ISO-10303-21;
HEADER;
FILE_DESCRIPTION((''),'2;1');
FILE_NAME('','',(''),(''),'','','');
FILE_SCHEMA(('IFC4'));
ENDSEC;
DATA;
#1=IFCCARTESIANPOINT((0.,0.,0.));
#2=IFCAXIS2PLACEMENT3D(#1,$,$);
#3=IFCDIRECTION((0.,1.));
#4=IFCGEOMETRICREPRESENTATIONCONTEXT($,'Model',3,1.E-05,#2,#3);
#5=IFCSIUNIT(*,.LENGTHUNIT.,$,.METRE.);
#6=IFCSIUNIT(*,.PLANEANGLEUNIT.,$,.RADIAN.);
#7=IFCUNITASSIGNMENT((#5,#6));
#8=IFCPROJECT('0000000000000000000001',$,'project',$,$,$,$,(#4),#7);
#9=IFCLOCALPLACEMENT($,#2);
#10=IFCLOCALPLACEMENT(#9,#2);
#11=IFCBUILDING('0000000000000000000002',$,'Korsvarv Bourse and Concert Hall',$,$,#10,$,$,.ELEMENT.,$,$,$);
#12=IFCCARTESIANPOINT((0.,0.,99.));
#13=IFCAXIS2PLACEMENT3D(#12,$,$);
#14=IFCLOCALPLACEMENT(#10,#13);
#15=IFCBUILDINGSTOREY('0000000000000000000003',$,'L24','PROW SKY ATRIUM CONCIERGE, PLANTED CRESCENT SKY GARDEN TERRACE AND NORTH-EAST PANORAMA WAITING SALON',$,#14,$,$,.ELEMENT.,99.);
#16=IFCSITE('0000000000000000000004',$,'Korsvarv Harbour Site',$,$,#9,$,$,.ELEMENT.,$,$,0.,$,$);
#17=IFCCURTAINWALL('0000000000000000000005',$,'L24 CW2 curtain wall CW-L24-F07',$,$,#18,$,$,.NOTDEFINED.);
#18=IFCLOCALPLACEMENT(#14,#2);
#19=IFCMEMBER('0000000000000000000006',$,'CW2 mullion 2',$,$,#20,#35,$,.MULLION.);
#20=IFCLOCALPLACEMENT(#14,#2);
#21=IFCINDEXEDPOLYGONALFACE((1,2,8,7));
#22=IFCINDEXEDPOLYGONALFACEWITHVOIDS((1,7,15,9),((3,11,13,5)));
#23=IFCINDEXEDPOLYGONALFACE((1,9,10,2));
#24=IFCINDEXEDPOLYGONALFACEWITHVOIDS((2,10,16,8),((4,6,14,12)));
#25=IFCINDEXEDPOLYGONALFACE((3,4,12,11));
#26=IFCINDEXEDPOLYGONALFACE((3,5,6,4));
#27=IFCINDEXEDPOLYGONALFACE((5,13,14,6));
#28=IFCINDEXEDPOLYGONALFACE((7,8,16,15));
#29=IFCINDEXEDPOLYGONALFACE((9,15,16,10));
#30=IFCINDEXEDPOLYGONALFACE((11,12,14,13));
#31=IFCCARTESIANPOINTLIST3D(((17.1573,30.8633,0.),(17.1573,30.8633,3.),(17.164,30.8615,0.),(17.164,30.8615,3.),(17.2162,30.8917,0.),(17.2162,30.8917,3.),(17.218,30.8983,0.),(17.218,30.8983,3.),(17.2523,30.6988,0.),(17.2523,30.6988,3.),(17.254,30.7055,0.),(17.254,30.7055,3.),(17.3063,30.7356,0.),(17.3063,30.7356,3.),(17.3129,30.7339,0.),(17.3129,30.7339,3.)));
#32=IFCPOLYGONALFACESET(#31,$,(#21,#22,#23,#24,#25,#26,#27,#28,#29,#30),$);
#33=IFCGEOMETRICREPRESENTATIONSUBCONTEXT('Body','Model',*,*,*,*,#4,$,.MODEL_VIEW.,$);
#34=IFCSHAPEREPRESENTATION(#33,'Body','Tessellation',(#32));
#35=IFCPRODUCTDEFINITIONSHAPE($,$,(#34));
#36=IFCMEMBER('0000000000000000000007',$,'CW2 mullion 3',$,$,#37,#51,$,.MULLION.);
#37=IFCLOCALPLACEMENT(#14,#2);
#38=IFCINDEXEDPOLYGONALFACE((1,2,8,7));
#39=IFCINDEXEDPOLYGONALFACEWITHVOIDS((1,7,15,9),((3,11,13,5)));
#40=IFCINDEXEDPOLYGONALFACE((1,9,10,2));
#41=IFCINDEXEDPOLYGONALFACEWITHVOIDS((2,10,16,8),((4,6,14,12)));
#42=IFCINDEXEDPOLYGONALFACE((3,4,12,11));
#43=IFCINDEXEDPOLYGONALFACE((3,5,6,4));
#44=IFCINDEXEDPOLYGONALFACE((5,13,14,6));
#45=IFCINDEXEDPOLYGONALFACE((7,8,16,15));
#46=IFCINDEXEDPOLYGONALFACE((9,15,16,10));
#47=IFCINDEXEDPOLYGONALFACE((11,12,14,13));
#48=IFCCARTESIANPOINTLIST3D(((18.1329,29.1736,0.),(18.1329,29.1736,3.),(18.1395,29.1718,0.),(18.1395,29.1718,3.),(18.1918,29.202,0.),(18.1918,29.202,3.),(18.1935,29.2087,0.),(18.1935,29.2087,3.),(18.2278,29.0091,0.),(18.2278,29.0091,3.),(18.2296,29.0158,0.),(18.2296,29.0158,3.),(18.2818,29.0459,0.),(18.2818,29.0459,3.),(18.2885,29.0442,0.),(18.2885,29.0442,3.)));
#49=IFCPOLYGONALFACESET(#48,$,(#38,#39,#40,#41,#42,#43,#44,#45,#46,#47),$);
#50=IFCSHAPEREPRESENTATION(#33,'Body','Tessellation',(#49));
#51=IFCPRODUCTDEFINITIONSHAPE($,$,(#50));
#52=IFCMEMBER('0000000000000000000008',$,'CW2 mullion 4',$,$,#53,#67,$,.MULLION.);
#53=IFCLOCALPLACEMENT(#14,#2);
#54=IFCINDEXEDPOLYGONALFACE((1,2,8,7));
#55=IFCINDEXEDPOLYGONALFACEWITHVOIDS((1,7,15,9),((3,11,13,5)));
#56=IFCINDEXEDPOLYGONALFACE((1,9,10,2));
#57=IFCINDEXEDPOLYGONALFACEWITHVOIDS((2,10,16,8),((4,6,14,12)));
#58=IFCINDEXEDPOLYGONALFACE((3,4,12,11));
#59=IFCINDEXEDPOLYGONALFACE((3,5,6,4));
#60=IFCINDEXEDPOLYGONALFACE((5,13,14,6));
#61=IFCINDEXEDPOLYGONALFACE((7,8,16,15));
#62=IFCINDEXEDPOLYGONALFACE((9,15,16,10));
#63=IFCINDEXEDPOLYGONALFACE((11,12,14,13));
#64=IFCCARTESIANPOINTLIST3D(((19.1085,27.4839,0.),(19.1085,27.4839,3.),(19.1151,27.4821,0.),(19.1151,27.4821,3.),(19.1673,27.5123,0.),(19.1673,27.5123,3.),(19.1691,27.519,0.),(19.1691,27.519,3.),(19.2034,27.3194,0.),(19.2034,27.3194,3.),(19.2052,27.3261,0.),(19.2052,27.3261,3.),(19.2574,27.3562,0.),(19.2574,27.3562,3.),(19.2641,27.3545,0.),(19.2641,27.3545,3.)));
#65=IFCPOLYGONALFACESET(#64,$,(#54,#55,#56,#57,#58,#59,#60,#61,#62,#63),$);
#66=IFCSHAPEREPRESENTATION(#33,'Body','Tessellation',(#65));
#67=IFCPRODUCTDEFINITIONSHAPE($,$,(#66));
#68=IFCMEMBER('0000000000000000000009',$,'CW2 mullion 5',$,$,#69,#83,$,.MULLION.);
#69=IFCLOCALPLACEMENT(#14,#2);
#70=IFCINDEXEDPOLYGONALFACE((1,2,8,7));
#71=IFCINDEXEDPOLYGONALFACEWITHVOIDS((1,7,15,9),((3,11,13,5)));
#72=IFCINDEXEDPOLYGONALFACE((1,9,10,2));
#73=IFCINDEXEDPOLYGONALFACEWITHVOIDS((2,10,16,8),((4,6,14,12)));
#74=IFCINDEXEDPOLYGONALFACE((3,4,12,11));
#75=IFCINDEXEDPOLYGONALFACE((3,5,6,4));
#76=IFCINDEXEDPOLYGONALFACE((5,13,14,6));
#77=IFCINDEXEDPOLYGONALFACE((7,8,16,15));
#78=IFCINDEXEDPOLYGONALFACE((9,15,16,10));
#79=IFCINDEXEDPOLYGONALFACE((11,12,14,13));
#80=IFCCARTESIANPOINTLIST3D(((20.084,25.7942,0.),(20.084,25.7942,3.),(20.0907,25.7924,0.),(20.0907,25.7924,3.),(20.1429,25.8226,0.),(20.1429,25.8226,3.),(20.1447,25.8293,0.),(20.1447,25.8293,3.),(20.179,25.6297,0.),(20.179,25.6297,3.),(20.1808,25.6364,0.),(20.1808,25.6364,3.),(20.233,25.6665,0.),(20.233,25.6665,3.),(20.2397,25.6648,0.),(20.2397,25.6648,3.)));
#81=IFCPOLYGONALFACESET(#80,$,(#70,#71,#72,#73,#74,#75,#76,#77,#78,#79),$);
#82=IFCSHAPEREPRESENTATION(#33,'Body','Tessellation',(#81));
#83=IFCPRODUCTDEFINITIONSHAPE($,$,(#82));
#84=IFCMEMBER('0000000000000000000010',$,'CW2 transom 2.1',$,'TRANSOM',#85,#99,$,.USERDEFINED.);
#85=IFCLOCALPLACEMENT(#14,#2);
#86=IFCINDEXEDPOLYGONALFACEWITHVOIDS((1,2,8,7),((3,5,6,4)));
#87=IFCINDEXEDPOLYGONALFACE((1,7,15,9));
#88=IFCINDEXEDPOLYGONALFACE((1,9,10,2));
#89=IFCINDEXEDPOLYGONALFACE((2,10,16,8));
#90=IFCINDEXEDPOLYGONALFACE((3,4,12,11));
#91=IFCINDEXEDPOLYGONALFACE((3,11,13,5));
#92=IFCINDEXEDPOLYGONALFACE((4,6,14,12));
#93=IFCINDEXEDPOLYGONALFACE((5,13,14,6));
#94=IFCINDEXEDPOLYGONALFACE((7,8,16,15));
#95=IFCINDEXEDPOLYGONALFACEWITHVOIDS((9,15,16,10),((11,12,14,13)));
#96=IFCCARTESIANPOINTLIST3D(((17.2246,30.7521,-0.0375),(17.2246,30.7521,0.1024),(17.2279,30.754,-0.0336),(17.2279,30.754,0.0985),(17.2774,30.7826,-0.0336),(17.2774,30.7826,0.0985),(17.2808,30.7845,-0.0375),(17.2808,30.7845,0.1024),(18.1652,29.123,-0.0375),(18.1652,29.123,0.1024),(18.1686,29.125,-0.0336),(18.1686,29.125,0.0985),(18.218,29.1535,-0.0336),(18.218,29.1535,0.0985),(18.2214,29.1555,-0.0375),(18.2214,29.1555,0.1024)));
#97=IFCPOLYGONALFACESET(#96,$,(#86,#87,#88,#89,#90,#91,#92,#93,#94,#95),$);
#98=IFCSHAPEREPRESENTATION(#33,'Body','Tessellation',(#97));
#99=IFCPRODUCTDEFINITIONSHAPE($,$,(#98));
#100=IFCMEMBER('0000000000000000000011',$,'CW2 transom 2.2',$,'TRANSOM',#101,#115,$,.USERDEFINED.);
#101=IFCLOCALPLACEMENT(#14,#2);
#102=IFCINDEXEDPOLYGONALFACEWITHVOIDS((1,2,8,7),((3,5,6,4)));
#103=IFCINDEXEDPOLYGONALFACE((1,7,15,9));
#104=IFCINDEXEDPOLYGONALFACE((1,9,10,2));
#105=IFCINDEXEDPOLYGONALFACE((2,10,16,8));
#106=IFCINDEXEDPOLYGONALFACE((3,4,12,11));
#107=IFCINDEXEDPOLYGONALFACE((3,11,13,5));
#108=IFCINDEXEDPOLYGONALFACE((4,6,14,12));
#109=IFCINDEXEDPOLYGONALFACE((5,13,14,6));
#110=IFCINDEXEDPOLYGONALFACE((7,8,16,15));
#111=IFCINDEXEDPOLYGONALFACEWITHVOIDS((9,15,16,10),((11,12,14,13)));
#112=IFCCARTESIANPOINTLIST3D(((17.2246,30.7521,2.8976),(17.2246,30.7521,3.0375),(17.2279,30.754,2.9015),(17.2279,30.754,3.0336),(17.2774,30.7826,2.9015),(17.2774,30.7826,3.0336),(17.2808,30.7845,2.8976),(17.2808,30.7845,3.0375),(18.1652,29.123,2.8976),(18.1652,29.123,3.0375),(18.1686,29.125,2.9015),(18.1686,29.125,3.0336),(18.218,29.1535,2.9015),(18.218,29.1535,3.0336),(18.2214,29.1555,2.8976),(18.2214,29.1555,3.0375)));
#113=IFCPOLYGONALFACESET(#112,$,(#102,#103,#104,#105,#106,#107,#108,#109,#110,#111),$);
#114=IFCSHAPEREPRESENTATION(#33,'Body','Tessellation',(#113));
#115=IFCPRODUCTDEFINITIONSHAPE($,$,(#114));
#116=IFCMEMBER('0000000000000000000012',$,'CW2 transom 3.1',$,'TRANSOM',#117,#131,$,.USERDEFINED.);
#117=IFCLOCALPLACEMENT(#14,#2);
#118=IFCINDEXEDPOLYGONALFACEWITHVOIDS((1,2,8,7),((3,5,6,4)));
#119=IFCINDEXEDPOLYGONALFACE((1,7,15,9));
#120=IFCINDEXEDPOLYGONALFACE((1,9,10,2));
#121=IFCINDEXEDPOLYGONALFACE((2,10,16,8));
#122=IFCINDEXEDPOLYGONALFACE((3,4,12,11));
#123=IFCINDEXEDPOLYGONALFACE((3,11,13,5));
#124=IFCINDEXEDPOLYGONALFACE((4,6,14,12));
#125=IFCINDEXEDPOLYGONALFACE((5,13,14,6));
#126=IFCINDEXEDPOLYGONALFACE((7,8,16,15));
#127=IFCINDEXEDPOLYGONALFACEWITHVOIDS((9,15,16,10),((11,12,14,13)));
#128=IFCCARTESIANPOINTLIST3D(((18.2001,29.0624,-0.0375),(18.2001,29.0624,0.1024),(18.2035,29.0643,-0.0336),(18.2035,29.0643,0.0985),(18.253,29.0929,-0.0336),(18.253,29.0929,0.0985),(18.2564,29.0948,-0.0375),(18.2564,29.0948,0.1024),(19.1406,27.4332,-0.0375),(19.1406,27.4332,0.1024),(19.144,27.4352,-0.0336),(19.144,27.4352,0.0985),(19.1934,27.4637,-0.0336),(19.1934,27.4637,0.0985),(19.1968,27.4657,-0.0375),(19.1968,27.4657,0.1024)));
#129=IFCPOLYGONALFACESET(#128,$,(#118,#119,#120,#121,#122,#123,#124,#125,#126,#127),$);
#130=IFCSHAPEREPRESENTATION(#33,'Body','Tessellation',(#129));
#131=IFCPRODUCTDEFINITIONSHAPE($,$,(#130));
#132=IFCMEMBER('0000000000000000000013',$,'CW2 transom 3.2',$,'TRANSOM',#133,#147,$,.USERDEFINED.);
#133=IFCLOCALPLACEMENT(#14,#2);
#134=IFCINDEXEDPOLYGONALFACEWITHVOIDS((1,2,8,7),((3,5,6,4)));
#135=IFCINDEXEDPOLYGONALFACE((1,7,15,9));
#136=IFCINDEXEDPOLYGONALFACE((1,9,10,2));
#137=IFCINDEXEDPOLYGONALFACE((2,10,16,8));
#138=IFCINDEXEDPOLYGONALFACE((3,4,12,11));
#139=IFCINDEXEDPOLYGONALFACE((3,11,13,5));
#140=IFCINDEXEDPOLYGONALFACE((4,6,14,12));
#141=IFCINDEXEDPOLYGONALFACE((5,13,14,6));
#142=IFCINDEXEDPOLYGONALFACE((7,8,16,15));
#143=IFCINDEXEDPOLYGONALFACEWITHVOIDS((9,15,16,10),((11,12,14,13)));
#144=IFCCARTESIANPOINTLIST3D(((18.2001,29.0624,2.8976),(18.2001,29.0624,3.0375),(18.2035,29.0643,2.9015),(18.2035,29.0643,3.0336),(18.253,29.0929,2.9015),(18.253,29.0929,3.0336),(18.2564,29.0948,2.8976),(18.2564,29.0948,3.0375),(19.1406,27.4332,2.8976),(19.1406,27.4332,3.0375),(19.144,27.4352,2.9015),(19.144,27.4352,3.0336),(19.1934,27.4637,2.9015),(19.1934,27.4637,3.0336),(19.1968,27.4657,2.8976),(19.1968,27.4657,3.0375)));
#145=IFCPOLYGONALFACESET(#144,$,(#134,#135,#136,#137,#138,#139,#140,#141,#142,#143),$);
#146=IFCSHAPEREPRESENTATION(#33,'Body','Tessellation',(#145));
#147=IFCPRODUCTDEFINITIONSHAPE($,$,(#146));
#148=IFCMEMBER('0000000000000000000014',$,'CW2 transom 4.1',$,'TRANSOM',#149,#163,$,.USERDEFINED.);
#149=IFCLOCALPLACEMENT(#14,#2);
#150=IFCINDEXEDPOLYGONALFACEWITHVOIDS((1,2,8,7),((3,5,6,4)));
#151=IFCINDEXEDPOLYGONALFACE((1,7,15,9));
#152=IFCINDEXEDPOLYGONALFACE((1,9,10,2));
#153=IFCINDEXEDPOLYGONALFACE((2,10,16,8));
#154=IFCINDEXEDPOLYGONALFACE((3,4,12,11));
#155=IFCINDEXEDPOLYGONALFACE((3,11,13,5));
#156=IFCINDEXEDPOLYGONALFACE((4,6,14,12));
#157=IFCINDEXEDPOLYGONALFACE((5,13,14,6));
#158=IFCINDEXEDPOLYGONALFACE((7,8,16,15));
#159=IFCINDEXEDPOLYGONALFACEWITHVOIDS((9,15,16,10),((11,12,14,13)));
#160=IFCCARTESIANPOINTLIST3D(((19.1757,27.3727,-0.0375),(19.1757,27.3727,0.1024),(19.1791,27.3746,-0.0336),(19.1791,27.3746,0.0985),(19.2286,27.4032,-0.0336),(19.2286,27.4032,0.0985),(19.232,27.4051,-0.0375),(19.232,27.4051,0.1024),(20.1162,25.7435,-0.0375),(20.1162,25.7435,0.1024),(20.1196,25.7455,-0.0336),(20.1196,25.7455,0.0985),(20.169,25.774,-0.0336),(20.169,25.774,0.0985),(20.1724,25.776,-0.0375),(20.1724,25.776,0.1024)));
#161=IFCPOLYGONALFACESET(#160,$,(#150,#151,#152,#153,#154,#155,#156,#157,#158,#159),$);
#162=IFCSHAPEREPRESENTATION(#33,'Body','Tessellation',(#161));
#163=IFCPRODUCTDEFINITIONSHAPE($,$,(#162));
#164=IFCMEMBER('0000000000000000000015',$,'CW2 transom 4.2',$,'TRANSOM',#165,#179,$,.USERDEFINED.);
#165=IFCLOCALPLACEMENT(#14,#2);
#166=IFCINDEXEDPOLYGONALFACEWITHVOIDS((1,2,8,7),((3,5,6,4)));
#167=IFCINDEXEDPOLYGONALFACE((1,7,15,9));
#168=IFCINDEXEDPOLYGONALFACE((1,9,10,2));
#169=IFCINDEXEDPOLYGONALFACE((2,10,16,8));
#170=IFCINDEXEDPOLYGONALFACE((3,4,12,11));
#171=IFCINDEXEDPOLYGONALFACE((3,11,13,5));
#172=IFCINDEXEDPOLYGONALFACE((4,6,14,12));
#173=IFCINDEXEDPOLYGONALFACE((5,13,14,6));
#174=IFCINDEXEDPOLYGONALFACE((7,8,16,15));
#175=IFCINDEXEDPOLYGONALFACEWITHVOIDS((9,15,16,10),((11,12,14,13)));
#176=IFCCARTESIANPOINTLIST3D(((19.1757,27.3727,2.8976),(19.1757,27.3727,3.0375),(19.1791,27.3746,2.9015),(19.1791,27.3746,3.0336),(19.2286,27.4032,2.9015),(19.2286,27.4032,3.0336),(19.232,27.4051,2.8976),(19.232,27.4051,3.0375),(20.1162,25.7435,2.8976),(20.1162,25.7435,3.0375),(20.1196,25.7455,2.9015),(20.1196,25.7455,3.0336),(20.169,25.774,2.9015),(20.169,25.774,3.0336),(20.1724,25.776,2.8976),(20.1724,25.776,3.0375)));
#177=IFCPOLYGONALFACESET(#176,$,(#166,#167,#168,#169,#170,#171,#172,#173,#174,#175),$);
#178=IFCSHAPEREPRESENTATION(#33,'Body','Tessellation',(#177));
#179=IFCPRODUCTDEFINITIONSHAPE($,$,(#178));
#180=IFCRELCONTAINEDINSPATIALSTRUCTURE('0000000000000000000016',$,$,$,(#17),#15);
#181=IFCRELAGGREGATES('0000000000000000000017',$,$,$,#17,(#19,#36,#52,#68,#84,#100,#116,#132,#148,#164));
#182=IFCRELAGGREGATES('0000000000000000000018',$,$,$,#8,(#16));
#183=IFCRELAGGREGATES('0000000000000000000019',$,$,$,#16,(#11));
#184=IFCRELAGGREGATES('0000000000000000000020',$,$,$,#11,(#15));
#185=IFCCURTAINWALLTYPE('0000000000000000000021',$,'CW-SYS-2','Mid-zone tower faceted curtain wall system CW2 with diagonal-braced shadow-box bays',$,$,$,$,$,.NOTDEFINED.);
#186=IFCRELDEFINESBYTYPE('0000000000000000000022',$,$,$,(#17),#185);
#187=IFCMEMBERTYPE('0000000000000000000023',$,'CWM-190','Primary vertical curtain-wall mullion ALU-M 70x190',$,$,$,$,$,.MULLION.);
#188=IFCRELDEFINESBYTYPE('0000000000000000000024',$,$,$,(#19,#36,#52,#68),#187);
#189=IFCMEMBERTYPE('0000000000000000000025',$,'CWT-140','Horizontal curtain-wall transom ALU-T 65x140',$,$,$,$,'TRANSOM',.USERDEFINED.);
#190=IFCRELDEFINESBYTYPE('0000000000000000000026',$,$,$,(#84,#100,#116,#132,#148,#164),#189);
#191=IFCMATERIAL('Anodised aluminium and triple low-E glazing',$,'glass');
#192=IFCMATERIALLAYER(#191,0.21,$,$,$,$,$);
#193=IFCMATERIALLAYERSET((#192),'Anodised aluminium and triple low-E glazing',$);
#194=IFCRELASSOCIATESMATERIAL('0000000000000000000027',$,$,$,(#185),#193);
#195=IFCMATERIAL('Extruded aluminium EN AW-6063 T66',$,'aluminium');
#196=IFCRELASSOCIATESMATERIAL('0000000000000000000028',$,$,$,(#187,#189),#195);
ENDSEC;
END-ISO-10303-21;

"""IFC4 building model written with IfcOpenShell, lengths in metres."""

from ifc_helpers import new_model, si_unit, direction, frame, origin, origin_2d, place, context, subcontext, project, spatial, hollow_rectangle, extrude, source, transform, mapped, material, layer, layer_set, material_profile, profile_set, type_object, element, aggregate, save


model = new_model("IFC4")

# Units and contexts
model_context = context("Model", 3, precision=1e-05, world=origin(), true_north=direction((0.0, 1.0)))
body_context = subcontext(model_context, "Body", "Model", "MODEL_VIEW")
ifc_project = project(units=[si_unit("LENGTHUNIT", "METRE"), si_unit("PLANEANGLEUNIT", "RADIAN")], contexts=[model_context])

# Site, building, storey
site_placement = place(None, origin())
site = spatial("IfcSite", under=ifc_project, at=site_placement, Name="Korsvarv Harbour Site", CompositionType="ELEMENT", RefElevation=0.0)
building_placement = place(site_placement, origin())
building = spatial("IfcBuilding", under=site, at=building_placement, Name="Korsvarv Bourse and Concert Hall", CompositionType="ELEMENT")
storey_placement = place(building_placement, frame((0.0, 0.0, 99.0)))
storey = spatial("IfcBuildingStorey", under=building, at=storey_placement, Name="L24", Description="PROW SKY ATRIUM CONCIERGE, PLANTED CRESCENT SKY GARDEN TERRACE AND NORTH-EAST PANORAMA WAITING SALON", CompositionType="ELEMENT", Elevation=99.0)

# Curtain wall, members
ifc_material_1 = material(Name="Anodised aluminium and triple low-E glazing", Category="glass")
ifc_layer_1 = layer(ifc_material_1, 0.21)
ifc_layer_set_1 = layer_set([ifc_layer_1], Name="Anodised aluminium and triple low-E glazing")
curtain_wall_type = type_object("IfcCurtainWallType", Name="CW-SYS-2", Description="Mid-zone tower faceted curtain wall system CW2 with diagonal-braced shadow-box bays", PredefinedType="NOTDEFINED", material=ifc_layer_set_1)
curtain_wall_placement = place(storey_placement, origin())
curtain_wall = element("IfcCurtainWall", 1, at=curtain_wall_placement, inside=storey, type_object=curtain_wall_type, Name="L24 CW2 curtain wall CW-L24-F07", PredefinedType="NOTDEFINED")
ifc_material_2 = material(Name="Extruded aluminium EN AW-6063 T66", Category="aluminium")
ifc_material_profile_1 = material_profile(ifc_material_2, hollow_rectangle(XDim=0.0701, YDim=0.1899, WallThickness=0.0049, at=origin_2d()), Name="ALU-M 70x190")
ifc_profile_set_1 = profile_set([ifc_material_profile_1], Name="Extruded aluminium EN AW-6063 T66")
member_type_1 = type_object("IfcMemberType", Name="CWM-190", Description="Primary vertical curtain-wall mullion ALU-M 70x190", PredefinedType="MULLION", material=ifc_profile_set_1)
shared_shape_1 = source(origin(), body_context, "Body", "SweptSolid", [
    extrude(hollow_rectangle(XDim=0.0701, YDim=0.1899, WallThickness=0.0049, at=origin_2d()), origin(), (0.0, 0.0, 1.0), 3.0),
])
member_1_placement = place(storey_placement, frame((17.2351, 30.7986, 0.0), z_axis=(0.0, 0.0, 1.0), x_axis=(0.866024, 0.500002, 0.0)))
member_1 = element("IfcMember", 2, at=member_1_placement, type_object=member_type_1, Name="CW2 mullion 2", PredefinedType="MULLION", context=body_context, shape_type="MappedRepresentation", body=[
    mapped(shared_shape_1, transform((0.0, 0.0, 0.0), scale=1.0)),
])
member_2_placement = place(storey_placement, frame((18.2107, 29.1089, 0.0), z_axis=(0.0, 0.0, 1.0), x_axis=(0.866024, 0.500002, 0.0)))
member_2 = element("IfcMember", 3, at=member_2_placement, type_object=member_type_1, Name="CW2 mullion 3", PredefinedType="MULLION", context=body_context, shape_type="MappedRepresentation", body=[
    mapped(shared_shape_1, transform((0.0, 0.0, 0.0), scale=1.0)),
])
member_3_placement = place(storey_placement, frame((19.1863, 27.4192, 0.0), z_axis=(0.0, 0.0, 1.0), x_axis=(0.866024, 0.500002, 0.0)))
member_3 = element("IfcMember", 4, at=member_3_placement, type_object=member_type_1, Name="CW2 mullion 4", PredefinedType="MULLION", context=body_context, shape_type="MappedRepresentation", body=[
    mapped(shared_shape_1, transform((0.0, 0.0, 0.0), scale=1.0)),
])
member_4_placement = place(storey_placement, frame((20.1619, 25.7295, 0.0), z_axis=(0.0, 0.0, 1.0), x_axis=(0.866024, 0.500002, 0.0)))
member_4 = element("IfcMember", 5, at=member_4_placement, type_object=member_type_1, Name="CW2 mullion 5", PredefinedType="MULLION", context=body_context, shape_type="MappedRepresentation", body=[
    mapped(shared_shape_1, transform((0.0, 0.0, 0.0), scale=1.0)),
])
ifc_material_profile_2 = material_profile(ifc_material_2, hollow_rectangle(XDim=0.0649, YDim=0.1399, WallThickness=0.0039, at=origin_2d()), Name="ALU-T 65x140")
ifc_profile_set_2 = profile_set([ifc_material_profile_2], Name="Extruded aluminium EN AW-6063 T66")
member_type_2 = type_object("IfcMemberType", Name="CWT-140", Description="Horizontal curtain-wall transom ALU-T 65x140", ElementType="TRANSOM", PredefinedType="USERDEFINED", material=ifc_profile_set_2)
shared_shape_2 = source(origin(), body_context, "Body", "SweptSolid", [
    extrude(hollow_rectangle(XDim=0.0649, YDim=0.1399, WallThickness=0.0039, at=origin_2d()), origin(), (0.0, 0.0, 1.0), 1.8811),
])
member_5_placement = place(storey_placement, frame((17.2527, 30.7683, 0.0325), z_axis=(0.500033, -0.866006, 0.0), x_axis=(0.866006, 0.500033, 0.0)))
member_5 = element("IfcMember", 6, at=member_5_placement, type_object=member_type_2, Name="CW2 transom 2.1", ObjectType="TRANSOM", PredefinedType="USERDEFINED", context=body_context, shape_type="MappedRepresentation", body=[
    mapped(shared_shape_2, transform((0.0, 0.0, 0.0), scale=1.0)),
])
member_6_placement = place(storey_placement, frame((17.2527, 30.7683, 2.9675), z_axis=(0.500033, -0.866006, 0.0), x_axis=(0.866006, 0.500033, 0.0)))
member_6 = element("IfcMember", 7, at=member_6_placement, type_object=member_type_2, Name="CW2 transom 2.2", ObjectType="TRANSOM", PredefinedType="USERDEFINED", context=body_context, shape_type="MappedRepresentation", body=[
    mapped(shared_shape_2, transform((0.0, 0.0, 0.0), scale=1.0)),
])
member_7_placement = place(storey_placement, frame((18.2283, 29.0786, 0.0325), z_axis=(0.499936, -0.866062, 0.0), x_axis=(0.866062, 0.499936, 0.0)))
member_7 = element("IfcMember", 8, at=member_7_placement, type_object=member_type_2, Name="CW2 transom 3.1", ObjectType="TRANSOM", PredefinedType="USERDEFINED", context=body_context, shape_type="MappedRepresentation", body=[
    mapped(shared_shape_2, transform((0.0, 0.0, 0.0), scale=1.0)),
])
member_8_placement = place(storey_placement, frame((18.2283, 29.0786, 2.9675), z_axis=(0.499936, -0.866062, 0.0), x_axis=(0.866062, 0.499936, 0.0)))
member_8 = element("IfcMember", 9, at=member_8_placement, type_object=member_type_2, Name="CW2 transom 3.2", ObjectType="TRANSOM", PredefinedType="USERDEFINED", context=body_context, shape_type="MappedRepresentation", body=[
    mapped(shared_shape_2, transform((0.0, 0.0, 0.0), scale=1.0)),
])
member_9_placement = place(storey_placement, frame((19.2039, 27.3889, 0.0325), z_axis=(0.499936, -0.866062, 0.0), x_axis=(0.866062, 0.499936, 0.0)))
member_9 = element("IfcMember", 10, at=member_9_placement, type_object=member_type_2, Name="CW2 transom 4.1", ObjectType="TRANSOM", PredefinedType="USERDEFINED", context=body_context, shape_type="MappedRepresentation", body=[
    mapped(shared_shape_2, transform((0.0, 0.0, 0.0), scale=1.0)),
])
member_10_placement = place(storey_placement, frame((19.2039, 27.3889, 2.9675), z_axis=(0.499936, -0.866062, 0.0), x_axis=(0.866062, 0.499936, 0.0)))
member_10 = element("IfcMember", 11, at=member_10_placement, type_object=member_type_2, Name="CW2 transom 4.2", ObjectType="TRANSOM", PredefinedType="USERDEFINED", context=body_context, shape_type="MappedRepresentation", body=[
    mapped(shared_shape_2, transform((0.0, 0.0, 0.0), scale=1.0)),
])
aggregate(curtain_wall, [member_1, member_2, member_3, member_4, member_5, member_6, member_7, member_8, member_9, member_10])

save(model, "model.ifc")
